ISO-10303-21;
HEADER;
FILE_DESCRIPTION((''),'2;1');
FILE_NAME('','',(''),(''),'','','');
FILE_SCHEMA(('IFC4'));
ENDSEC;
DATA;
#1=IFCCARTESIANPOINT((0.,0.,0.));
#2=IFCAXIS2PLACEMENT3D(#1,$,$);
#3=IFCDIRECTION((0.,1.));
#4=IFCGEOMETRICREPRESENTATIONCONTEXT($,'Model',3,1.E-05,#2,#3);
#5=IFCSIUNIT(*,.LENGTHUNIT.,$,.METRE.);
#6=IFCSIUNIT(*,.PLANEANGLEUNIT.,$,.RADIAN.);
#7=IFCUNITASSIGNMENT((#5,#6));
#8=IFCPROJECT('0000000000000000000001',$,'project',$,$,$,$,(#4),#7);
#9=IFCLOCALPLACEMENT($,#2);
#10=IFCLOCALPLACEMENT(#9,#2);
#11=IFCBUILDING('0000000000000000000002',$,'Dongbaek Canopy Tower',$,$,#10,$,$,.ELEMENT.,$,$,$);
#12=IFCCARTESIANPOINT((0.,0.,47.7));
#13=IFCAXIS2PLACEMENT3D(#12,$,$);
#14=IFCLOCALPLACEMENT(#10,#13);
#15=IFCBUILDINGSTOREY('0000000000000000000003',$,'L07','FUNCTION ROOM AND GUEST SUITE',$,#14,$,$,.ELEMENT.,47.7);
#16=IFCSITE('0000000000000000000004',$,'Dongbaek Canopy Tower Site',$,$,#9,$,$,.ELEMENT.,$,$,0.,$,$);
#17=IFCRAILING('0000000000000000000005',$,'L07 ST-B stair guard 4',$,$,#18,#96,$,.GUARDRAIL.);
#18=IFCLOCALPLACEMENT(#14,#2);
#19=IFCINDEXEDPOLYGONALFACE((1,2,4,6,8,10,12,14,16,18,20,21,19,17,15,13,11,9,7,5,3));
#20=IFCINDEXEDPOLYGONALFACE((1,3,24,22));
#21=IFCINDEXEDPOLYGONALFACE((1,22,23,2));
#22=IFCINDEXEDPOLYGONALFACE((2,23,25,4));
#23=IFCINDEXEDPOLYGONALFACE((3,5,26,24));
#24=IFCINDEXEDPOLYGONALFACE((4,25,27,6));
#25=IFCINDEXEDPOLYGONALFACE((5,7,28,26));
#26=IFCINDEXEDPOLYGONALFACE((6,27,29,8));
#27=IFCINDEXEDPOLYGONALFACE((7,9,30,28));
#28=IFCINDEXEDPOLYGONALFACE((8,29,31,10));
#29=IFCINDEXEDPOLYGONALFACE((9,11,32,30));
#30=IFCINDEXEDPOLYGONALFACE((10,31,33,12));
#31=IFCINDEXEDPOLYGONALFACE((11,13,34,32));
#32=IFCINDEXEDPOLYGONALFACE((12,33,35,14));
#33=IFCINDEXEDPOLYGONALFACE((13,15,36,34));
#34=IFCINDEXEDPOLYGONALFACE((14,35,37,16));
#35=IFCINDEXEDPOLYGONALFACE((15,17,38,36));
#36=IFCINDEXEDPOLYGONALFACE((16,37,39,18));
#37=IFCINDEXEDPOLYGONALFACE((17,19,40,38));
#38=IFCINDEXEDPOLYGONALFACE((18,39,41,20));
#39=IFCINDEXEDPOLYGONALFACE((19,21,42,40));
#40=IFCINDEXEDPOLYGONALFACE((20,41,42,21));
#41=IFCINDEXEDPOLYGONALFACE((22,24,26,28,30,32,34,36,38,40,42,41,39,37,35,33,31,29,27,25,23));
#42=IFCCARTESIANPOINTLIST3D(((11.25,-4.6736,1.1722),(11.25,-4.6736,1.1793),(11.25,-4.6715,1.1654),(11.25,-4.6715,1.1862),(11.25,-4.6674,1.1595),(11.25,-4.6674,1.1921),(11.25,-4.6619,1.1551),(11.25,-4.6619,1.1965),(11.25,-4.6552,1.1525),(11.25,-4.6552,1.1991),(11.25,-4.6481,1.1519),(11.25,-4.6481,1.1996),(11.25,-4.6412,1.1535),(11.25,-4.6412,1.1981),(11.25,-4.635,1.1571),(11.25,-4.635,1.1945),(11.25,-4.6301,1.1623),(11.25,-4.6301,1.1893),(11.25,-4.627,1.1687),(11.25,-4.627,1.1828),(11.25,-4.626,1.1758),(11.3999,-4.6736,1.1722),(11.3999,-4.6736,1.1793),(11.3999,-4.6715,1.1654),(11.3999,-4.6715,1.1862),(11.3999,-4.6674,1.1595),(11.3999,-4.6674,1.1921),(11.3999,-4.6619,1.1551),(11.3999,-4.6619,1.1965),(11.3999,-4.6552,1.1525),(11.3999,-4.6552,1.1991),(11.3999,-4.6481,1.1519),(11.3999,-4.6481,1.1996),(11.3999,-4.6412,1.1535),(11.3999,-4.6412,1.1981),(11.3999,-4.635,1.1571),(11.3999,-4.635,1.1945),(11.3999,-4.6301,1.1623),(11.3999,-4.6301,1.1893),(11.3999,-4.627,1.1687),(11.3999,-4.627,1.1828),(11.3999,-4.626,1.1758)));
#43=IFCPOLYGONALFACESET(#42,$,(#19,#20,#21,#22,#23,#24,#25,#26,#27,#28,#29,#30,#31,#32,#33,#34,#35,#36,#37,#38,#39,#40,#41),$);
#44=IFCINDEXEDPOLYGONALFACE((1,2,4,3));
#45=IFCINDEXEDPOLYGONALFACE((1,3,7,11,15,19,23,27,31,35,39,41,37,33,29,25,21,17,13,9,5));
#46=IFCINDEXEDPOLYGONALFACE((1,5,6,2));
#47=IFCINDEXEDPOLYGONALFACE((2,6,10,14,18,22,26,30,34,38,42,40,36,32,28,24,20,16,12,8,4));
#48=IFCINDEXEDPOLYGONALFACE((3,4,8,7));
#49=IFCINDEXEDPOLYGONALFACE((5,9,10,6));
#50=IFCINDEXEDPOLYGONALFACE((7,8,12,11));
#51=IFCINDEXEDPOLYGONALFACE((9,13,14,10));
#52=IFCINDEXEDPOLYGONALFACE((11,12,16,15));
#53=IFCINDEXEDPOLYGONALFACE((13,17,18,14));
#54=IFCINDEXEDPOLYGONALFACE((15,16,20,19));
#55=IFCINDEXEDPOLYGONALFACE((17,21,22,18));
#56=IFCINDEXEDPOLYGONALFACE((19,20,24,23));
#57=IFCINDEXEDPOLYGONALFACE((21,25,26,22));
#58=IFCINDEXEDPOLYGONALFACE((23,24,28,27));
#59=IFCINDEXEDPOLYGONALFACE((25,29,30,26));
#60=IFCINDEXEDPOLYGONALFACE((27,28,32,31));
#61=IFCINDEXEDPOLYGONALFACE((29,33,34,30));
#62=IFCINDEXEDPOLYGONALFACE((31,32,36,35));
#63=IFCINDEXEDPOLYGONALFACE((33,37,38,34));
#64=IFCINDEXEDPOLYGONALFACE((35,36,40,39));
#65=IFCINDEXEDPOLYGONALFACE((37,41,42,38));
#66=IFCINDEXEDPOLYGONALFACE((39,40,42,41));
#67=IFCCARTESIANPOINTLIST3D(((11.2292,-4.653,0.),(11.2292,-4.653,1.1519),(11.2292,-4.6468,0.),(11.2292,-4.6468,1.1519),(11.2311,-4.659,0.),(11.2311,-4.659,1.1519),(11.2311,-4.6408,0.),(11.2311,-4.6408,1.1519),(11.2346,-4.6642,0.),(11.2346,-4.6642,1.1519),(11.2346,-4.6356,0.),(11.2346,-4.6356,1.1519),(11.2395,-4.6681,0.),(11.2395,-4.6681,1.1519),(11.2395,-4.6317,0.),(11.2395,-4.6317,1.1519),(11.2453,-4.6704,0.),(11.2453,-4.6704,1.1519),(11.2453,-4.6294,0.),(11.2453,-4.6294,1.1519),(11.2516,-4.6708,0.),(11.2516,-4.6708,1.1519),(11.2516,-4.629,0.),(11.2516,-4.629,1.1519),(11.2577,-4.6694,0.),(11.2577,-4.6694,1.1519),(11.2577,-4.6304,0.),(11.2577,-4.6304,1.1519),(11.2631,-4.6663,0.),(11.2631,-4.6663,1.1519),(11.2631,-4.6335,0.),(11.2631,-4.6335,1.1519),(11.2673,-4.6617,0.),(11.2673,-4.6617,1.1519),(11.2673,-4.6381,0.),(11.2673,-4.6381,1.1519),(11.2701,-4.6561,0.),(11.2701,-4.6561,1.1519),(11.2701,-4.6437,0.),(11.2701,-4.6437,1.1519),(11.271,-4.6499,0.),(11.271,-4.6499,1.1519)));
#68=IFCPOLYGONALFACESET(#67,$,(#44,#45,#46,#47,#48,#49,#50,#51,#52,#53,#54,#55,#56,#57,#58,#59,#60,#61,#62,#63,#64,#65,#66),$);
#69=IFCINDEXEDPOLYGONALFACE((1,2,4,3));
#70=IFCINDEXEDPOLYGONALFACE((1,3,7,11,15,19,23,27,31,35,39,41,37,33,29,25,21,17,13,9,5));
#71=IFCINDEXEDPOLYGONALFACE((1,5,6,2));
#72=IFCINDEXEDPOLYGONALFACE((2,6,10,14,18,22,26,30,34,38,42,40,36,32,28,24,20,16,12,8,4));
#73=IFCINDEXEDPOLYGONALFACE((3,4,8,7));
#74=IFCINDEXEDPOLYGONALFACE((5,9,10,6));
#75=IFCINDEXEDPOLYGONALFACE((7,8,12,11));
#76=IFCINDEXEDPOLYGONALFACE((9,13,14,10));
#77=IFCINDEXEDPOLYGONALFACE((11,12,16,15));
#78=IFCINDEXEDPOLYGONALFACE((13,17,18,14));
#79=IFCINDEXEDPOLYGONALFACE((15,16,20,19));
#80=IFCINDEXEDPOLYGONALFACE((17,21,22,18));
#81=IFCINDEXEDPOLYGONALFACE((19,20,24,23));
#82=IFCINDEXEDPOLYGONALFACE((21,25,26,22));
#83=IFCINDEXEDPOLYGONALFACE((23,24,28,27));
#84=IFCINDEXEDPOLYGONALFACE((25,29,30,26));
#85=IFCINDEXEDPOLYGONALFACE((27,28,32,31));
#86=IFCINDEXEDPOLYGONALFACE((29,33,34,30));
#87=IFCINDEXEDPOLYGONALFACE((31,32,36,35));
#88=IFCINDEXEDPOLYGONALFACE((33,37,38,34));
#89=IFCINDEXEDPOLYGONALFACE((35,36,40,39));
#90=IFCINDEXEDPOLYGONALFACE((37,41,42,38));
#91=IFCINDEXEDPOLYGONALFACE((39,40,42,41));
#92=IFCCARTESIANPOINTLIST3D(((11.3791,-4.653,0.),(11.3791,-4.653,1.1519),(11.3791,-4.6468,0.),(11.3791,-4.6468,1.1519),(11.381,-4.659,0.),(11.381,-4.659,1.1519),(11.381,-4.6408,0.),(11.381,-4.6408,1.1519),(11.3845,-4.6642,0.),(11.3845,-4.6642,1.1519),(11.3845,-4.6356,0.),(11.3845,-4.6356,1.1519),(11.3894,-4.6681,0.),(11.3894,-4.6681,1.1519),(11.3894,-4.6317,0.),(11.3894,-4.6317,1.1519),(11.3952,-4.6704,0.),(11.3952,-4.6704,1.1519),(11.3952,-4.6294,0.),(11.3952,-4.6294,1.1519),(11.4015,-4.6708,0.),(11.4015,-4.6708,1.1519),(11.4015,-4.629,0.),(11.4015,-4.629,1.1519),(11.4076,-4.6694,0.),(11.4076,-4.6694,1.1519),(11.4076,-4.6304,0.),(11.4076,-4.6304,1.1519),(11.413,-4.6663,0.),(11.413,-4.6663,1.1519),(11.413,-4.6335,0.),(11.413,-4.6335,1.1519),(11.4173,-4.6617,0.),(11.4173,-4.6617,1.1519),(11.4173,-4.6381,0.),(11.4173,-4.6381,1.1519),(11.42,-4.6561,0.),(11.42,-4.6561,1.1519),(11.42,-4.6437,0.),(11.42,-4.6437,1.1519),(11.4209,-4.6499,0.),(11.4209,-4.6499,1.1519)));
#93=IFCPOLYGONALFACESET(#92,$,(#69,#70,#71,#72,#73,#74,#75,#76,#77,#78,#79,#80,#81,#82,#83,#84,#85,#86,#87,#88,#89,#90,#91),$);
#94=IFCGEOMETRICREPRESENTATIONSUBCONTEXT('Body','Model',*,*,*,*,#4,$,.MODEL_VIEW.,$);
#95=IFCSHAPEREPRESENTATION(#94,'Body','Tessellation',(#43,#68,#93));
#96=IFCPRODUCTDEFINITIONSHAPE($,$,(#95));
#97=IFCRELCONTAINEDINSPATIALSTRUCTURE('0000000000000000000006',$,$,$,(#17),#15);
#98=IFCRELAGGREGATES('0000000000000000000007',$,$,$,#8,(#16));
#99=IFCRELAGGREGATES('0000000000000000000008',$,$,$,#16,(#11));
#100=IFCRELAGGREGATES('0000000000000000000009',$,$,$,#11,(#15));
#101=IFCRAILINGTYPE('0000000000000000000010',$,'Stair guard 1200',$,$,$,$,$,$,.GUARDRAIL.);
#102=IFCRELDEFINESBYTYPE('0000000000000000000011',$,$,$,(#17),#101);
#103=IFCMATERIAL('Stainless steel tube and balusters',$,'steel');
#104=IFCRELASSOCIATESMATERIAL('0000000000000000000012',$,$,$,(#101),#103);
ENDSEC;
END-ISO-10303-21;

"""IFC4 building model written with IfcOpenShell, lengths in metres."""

from ifc_helpers import new_model, si_unit, direction, frame, origin, origin_2d, place, context, subcontext, project, spatial, circle, extrude, material, type_object, element, save


model = new_model("IFC4")

# Units and contexts
model_context = context("Model", 3, precision=1e-05, world=origin(), true_north=direction((0.0, 1.0)))
body_context = subcontext(model_context, "Body", "Model", "MODEL_VIEW")
ifc_project = project(units=[si_unit("LENGTHUNIT", "METRE"), si_unit("PLANEANGLEUNIT", "RADIAN")], contexts=[model_context])

# Site, building, storey
site_placement = place(None, origin())
site = spatial("IfcSite", under=ifc_project, at=site_placement, Name="Dongbaek Canopy Tower Site", CompositionType="ELEMENT", RefElevation=0.0)
building_placement = place(site_placement, origin())
building = spatial("IfcBuilding", under=site, at=building_placement, Name="Dongbaek Canopy Tower", CompositionType="ELEMENT")
storey_placement = place(building_placement, frame((0.0, 0.0, 47.7)))
storey = spatial("IfcBuildingStorey", under=building, at=storey_placement, Name="L07", Description="FUNCTION ROOM AND GUEST SUITE", CompositionType="ELEMENT", Elevation=47.7)

# Railing
ifc_material_1 = material(Name="Stainless steel tube and balusters", Category="steel")
railing_type_1 = type_object("IfcRailingType", Name="Stair guard 1200", PredefinedType="GUARDRAIL", material=ifc_material_1)
railing_1_placement = place(storey_placement, frame((11.25, -4.6499, 0.0)))
element("IfcRailing", 1, at=railing_1_placement, inside=storey, type_object=railing_type_1, Name="L07 ST-B stair guard 4", PredefinedType="GUARDRAIL", context=body_context, shape_type="SweptSolid", body=[
    extrude(circle(Radius=0.0239, at=origin_2d()), frame((0.0, 0.0, 1.1758), z_axis=(1.0, 0.0, 0.0), x_axis=(0.0, 1.0, 0.0)), (0.0, 0.0, 1.0), 0.1499),
    extrude(circle(Radius=0.021, at=origin_2d()), origin(), (0.0, 0.0, 1.0), 1.1519),
    extrude(circle(Radius=0.021, at=origin_2d()), frame((0.1499, 0.0, 0.0)), (0.0, 0.0, 1.0), 1.1519),
])

save(model, "model.ifc")
